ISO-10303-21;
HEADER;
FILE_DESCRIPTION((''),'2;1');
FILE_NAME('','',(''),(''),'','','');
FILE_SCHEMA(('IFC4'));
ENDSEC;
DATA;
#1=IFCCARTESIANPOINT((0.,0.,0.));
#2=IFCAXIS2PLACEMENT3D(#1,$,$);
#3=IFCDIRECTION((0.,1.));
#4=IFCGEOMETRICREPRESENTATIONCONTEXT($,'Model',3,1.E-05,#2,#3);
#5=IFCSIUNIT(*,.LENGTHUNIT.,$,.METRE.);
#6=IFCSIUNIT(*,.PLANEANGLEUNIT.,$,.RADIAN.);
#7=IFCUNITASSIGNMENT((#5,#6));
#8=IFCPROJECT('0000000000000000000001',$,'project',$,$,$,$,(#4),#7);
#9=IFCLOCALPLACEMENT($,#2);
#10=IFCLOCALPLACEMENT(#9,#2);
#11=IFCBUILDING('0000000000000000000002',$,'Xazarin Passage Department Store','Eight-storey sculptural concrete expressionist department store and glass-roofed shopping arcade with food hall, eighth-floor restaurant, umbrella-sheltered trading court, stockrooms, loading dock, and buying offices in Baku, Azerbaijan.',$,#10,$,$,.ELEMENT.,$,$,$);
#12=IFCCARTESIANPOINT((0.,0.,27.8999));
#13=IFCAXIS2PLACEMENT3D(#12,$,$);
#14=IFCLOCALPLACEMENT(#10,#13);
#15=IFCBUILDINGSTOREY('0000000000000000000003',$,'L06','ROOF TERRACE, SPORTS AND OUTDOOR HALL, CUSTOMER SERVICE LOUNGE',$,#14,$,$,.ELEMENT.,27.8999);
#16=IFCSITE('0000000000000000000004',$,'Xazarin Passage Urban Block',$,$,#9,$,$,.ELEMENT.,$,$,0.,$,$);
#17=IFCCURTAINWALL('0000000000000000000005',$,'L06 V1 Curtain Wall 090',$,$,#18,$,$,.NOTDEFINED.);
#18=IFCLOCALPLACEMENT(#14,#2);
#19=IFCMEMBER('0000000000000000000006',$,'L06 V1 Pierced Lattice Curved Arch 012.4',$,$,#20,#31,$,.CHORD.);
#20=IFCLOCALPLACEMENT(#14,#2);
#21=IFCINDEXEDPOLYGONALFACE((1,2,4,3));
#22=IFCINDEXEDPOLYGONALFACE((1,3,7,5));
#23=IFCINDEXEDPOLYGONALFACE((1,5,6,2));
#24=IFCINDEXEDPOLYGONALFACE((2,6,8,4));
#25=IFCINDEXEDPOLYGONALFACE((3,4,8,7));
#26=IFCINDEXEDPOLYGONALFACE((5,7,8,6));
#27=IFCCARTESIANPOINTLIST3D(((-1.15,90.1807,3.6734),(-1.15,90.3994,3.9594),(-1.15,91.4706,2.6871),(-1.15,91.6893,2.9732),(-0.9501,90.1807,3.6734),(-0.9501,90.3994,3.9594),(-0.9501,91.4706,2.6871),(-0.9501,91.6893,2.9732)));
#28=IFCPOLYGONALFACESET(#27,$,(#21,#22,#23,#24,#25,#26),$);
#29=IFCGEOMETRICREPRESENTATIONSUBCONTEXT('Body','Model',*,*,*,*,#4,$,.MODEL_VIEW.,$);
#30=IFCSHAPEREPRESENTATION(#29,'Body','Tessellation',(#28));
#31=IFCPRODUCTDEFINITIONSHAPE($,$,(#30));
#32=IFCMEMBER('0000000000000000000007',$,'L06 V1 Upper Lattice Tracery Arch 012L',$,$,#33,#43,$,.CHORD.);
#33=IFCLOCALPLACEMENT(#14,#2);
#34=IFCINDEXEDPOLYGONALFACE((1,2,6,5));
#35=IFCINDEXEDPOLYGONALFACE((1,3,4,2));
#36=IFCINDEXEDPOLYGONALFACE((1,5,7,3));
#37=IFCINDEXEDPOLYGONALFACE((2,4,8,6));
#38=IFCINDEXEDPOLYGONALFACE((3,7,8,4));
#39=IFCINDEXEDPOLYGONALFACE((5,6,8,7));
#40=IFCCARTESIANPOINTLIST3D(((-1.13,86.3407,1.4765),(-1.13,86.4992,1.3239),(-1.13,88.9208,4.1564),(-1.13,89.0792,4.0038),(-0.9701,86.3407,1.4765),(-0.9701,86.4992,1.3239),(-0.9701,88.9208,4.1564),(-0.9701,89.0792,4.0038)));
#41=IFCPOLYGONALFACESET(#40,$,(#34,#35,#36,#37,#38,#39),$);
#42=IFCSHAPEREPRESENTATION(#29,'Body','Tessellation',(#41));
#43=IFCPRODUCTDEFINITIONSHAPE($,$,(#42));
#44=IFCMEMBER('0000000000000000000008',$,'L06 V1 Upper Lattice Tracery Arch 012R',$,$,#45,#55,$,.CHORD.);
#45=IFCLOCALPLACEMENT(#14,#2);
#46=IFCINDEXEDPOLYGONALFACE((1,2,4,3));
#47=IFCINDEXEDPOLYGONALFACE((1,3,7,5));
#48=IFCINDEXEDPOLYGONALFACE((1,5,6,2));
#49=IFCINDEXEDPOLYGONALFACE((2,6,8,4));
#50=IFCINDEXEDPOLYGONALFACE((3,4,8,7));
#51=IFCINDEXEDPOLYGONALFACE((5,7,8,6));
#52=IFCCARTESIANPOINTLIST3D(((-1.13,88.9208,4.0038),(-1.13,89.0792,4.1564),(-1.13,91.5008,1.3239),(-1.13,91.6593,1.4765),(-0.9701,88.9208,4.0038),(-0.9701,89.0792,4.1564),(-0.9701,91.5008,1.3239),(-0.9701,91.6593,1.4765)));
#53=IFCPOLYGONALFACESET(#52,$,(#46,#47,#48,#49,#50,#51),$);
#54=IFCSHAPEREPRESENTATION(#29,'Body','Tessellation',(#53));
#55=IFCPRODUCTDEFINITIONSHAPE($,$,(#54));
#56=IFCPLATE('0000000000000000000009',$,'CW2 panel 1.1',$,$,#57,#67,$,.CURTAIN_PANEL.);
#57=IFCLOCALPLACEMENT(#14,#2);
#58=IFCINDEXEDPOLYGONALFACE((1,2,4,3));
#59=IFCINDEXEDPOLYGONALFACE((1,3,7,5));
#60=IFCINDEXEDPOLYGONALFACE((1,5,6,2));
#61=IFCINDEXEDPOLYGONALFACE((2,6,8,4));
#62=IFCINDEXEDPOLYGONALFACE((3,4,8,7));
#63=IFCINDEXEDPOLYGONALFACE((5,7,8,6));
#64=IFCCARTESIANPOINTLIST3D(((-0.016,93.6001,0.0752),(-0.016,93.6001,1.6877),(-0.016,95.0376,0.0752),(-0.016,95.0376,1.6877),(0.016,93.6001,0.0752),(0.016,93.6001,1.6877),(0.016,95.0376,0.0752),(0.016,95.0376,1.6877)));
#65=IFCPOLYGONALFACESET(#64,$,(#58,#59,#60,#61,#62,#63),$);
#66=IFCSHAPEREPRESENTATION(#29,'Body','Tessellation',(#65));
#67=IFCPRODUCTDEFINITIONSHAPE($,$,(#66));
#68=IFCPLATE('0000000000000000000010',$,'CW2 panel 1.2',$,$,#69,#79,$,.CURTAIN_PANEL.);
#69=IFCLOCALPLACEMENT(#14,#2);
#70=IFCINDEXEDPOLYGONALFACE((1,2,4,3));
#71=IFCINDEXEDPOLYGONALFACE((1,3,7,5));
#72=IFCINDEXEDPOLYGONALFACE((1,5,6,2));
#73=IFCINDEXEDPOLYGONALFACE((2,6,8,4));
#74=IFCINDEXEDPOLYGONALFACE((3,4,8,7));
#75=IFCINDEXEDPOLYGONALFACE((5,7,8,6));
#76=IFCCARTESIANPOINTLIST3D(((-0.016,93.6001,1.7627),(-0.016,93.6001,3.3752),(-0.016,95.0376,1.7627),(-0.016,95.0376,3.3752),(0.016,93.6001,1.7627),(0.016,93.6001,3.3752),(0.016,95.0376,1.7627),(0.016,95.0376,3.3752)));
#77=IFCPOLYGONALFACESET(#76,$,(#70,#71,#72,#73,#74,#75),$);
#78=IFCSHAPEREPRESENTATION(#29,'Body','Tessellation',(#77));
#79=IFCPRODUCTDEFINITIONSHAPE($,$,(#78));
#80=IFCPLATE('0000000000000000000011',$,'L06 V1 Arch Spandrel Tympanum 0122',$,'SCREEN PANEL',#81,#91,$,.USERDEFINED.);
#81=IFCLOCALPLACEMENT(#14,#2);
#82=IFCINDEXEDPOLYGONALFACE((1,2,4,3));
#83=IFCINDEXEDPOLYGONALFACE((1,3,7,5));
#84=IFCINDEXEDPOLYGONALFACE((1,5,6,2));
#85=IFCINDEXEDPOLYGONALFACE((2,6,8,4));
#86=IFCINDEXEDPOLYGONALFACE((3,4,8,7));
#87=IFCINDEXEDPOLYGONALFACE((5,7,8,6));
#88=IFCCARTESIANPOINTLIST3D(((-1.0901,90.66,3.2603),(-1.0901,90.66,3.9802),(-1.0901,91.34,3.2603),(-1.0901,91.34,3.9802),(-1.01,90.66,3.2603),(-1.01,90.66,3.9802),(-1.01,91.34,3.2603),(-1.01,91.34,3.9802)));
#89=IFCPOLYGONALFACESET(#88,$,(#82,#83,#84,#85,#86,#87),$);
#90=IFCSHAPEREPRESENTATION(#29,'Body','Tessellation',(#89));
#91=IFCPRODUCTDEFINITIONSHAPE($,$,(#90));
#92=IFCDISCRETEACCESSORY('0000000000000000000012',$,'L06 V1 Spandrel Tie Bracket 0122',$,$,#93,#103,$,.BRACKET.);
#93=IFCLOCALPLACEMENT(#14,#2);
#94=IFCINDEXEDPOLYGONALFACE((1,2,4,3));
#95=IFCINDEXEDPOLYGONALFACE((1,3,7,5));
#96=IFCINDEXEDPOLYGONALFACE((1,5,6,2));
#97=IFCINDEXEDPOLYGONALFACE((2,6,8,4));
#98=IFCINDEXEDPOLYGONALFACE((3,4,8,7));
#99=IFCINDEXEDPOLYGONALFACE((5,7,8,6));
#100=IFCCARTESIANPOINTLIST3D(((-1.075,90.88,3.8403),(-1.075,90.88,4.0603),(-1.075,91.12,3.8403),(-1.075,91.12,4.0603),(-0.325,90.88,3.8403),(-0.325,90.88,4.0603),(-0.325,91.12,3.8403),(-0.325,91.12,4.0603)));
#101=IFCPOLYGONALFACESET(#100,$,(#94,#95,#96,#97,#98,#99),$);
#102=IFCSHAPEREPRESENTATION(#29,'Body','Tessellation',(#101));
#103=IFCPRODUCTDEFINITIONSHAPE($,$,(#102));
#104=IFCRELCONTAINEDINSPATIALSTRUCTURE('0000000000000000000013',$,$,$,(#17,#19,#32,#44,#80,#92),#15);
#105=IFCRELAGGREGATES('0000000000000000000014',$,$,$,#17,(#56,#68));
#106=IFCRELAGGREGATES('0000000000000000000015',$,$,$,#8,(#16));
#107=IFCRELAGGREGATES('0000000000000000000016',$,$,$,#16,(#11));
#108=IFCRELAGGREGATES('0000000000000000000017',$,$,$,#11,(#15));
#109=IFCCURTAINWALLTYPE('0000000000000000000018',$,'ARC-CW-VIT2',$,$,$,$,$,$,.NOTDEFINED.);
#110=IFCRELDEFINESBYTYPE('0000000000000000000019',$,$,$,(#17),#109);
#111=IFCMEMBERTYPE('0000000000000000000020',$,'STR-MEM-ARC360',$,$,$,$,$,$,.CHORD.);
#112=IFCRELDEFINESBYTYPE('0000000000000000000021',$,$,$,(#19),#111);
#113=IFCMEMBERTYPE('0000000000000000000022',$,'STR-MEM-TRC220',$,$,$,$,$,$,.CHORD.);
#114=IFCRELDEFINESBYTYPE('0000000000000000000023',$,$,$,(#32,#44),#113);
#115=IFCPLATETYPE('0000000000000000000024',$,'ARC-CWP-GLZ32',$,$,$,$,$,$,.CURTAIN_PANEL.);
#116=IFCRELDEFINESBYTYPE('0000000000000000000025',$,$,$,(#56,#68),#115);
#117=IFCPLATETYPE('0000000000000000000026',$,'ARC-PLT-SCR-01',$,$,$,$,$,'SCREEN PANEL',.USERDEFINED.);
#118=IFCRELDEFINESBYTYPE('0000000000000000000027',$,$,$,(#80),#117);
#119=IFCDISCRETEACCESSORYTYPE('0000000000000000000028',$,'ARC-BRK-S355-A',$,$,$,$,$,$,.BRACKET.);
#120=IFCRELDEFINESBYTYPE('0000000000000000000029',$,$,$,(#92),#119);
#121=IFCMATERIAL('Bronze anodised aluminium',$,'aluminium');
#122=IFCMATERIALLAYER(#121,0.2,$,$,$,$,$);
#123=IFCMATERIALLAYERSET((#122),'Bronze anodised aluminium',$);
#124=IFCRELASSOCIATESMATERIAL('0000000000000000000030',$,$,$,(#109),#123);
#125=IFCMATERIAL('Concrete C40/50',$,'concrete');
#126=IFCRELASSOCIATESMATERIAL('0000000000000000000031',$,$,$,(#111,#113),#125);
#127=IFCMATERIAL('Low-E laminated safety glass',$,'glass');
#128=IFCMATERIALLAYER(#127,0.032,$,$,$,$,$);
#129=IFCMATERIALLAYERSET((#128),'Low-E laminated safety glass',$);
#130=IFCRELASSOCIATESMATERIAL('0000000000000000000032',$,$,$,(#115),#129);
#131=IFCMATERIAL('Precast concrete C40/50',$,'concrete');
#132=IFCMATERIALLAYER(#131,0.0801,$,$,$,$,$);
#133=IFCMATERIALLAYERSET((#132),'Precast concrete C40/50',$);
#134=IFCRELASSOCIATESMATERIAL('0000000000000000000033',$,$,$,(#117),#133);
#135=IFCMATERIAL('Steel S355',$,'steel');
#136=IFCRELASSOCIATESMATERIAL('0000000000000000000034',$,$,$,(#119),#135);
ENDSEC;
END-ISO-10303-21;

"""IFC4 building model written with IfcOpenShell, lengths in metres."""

from ifc_helpers import new_model, si_unit, direction, frame, origin, origin_2d, place, context, subcontext, project, spatial, rectangle, extrude, material, layer, layer_set, material_profile, profile_set, type_object, element, aggregate, save


model = new_model("IFC4")

# Units and contexts
model_context = context("Model", 3, precision=1e-05, world=origin(), true_north=direction((0.0, 1.0)))
body_context = subcontext(model_context, "Body", "Model", "MODEL_VIEW")
ifc_project = project(units=[si_unit("LENGTHUNIT", "METRE"), si_unit("PLANEANGLEUNIT", "RADIAN")], contexts=[model_context])

# Site, building, storey
site_placement = place(None, origin())
site = spatial("IfcSite", under=ifc_project, at=site_placement, Name="Xazarin Passage Urban Block", CompositionType="ELEMENT", RefElevation=0.0)
building_placement = place(site_placement, origin())
building = spatial("IfcBuilding", under=site, at=building_placement, Name="Xazarin Passage Department Store", Description="Eight-storey sculptural concrete expressionist department store and glass-roofed shopping arcade with food hall, eighth-floor restaurant, umbrella-sheltered trading court, stockrooms, loading dock, and buying offices in Baku, Azerbaijan.", CompositionType="ELEMENT")
storey_placement = place(building_placement, frame((0.0, 0.0, 27.8999)))
storey = spatial("IfcBuildingStorey", under=building, at=storey_placement, Name="L06", Description="ROOF TERRACE, SPORTS AND OUTDOOR HALL, CUSTOMER SERVICE LOUNGE", CompositionType="ELEMENT", Elevation=27.8999)

# Shared definitions
ifc_material_1 = material(Name="Concrete C40/50", Category="concrete")

# Curtain wall
ifc_material_2 = material(Name="Bronze anodised aluminium", Category="aluminium")
ifc_layer_1 = layer(ifc_material_2, 0.2)
ifc_layer_set_1 = layer_set([ifc_layer_1], Name="Bronze anodised aluminium")
curtain_wall_type = type_object("IfcCurtainWallType", Name="ARC-CW-VIT2", PredefinedType="NOTDEFINED", material=ifc_layer_set_1)
curtain_wall_placement = place(storey_placement, origin())
curtain_wall = element("IfcCurtainWall", 1, at=curtain_wall_placement, inside=storey, type_object=curtain_wall_type, Name="L06 V1 Curtain Wall 090", PredefinedType="NOTDEFINED")

# Members
ifc_material_profile_1 = material_profile(ifc_material_1, rectangle(XDim=0.2, YDim=0.3601, at=origin_2d()), Name="RC 200x360")
ifc_profile_set_1 = profile_set([ifc_material_profile_1], Name="Concrete C40/50")
member_type_1 = type_object("IfcMemberType", Name="STR-MEM-ARC360", PredefinedType="CHORD", material=ifc_profile_set_1)
member_1_placement = place(storey_placement, frame((-1.05, 90.29, 3.8164), z_axis=(0.0, 0.794409, -0.607383), x_axis=(-1.0, 0.0, 0.0)))
element("IfcMember", 2, at=member_1_placement, inside=storey, type_object=member_type_1, Name="L06 V1 Pierced Lattice Curved Arch 012.4", PredefinedType="CHORD", context=body_context, shape_type="SweptSolid", body=[
    extrude(rectangle(XDim=0.2, YDim=0.3601, at=origin_2d()), origin(), (0.0, 0.0, 1.0), 1.6238),
])
ifc_material_profile_2 = material_profile(ifc_material_1, rectangle(XDim=0.1599, YDim=0.22, at=origin_2d()), Name="RC 160x220")
ifc_profile_set_2 = profile_set([ifc_material_profile_2], Name="Concrete C40/50")
member_type_2 = type_object("IfcMemberType", Name="STR-MEM-TRC220", PredefinedType="CHORD", material=ifc_profile_set_2)
for number, where, z_axis, x_axis, name in (
    (3, (-1.05, 89.0, 4.0801), (0.0, -0.693558, -0.7204), (1.0, 0.0, 0.0), "L06 V1 Upper Lattice Tracery Arch 012L"),
    (4, (-1.05, 89.0, 4.0801), (0.0, 0.693558, -0.7204), (-1.0, 0.0, 0.0), "L06 V1 Upper Lattice Tracery Arch 012R"),
):
    element("IfcMember", number, at=place(storey_placement, frame(where, z_axis=z_axis, x_axis=x_axis)), inside=storey, type_object=member_type_2, Name=name, PredefinedType="CHORD", context=body_context, shape_type="SweptSolid", body=[
        extrude(rectangle(XDim=0.1599, YDim=0.22, at=origin_2d()), origin(), (0.0, 0.0, 1.0), 3.72),
    ])

# Plates
ifc_material_3 = material(Name="Low-E laminated safety glass", Category="glass")
ifc_layer_2 = layer(ifc_material_3, 0.032)
ifc_layer_set_2 = layer_set([ifc_layer_2], Name="Low-E laminated safety glass")
plate_type_1 = type_object("IfcPlateType", Name="ARC-CWP-GLZ32", PredefinedType="CURTAIN_PANEL", material=ifc_layer_set_2)
plate_1_placement = place(storey_placement, frame((0.0, 94.3188, 0.0752), z_axis=(0.0, 0.0, 1.0), x_axis=(0.0, 1.0, 0.0)))
plate_1 = element("IfcPlate", 5, at=plate_1_placement, type_object=plate_type_1, Name="CW2 panel 1.1", PredefinedType="CURTAIN_PANEL", context=body_context, shape_type="SweptSolid", body=[
    extrude(rectangle(XDim=1.4375, YDim=0.032, at=origin_2d()), origin(), (0.0, 0.0, 1.0), 1.6125),
])
plate_2_placement = place(storey_placement, frame((0.0, 94.3188, 1.7627), z_axis=(0.0, 0.0, 1.0), x_axis=(0.0, 1.0, 0.0)))
plate_2 = element("IfcPlate", 6, at=plate_2_placement, type_object=plate_type_1, Name="CW2 panel 1.2", PredefinedType="CURTAIN_PANEL", context=body_context, shape_type="SweptSolid", body=[
    extrude(rectangle(XDim=1.4375, YDim=0.032, at=origin_2d()), origin(), (0.0, 0.0, 1.0), 1.6125),
])
aggregate(curtain_wall, [plate_1, plate_2])
ifc_material_4 = material(Name="Precast concrete C40/50", Category="concrete")
ifc_layer_3 = layer(ifc_material_4, 0.0801)
ifc_layer_set_3 = layer_set([ifc_layer_3], Name="Precast concrete C40/50")
plate_type_2 = type_object("IfcPlateType", Name="ARC-PLT-SCR-01", ElementType="SCREEN PANEL", PredefinedType="USERDEFINED", material=ifc_layer_set_3)
plate_3_placement = place(storey_placement, frame((-1.05, 91.0, 3.2603), z_axis=(0.0, 0.0, 1.0), x_axis=(0.0, 1.0, 0.0)))
element("IfcPlate", 7, at=plate_3_placement, inside=storey, type_object=plate_type_2, Name="L06 V1 Arch Spandrel Tympanum 0122", ObjectType="SCREEN PANEL", PredefinedType="USERDEFINED", context=body_context, shape_type="SweptSolid", body=[
    extrude(rectangle(XDim=0.6799, YDim=0.0801, at=origin_2d()), origin(), (0.0, 0.0, 1.0), 0.72),
])

# Discrete accessory
ifc_material_5 = material(Name="Steel S355", Category="steel")
discrete_accessory_type = type_object("IfcDiscreteAccessoryType", Name="ARC-BRK-S355-A", PredefinedType="BRACKET", material=ifc_material_5)
discrete_accessory_placement = place(storey_placement, frame((-0.7, 91.0, 3.8403), z_axis=(0.0, 0.0, 1.0), x_axis=(0.0, 1.0, 0.0)))
element("IfcDiscreteAccessory", 8, at=discrete_accessory_placement, inside=storey, type_object=discrete_accessory_type, Name="L06 V1 Spandrel Tie Bracket 0122", PredefinedType="BRACKET", context=body_context, shape_type="SweptSolid", body=[
    extrude(rectangle(XDim=0.24, YDim=0.75, at=origin_2d()), origin(), (0.0, 0.0, 1.0), 0.22),
])

save(model, "model.ifc")
